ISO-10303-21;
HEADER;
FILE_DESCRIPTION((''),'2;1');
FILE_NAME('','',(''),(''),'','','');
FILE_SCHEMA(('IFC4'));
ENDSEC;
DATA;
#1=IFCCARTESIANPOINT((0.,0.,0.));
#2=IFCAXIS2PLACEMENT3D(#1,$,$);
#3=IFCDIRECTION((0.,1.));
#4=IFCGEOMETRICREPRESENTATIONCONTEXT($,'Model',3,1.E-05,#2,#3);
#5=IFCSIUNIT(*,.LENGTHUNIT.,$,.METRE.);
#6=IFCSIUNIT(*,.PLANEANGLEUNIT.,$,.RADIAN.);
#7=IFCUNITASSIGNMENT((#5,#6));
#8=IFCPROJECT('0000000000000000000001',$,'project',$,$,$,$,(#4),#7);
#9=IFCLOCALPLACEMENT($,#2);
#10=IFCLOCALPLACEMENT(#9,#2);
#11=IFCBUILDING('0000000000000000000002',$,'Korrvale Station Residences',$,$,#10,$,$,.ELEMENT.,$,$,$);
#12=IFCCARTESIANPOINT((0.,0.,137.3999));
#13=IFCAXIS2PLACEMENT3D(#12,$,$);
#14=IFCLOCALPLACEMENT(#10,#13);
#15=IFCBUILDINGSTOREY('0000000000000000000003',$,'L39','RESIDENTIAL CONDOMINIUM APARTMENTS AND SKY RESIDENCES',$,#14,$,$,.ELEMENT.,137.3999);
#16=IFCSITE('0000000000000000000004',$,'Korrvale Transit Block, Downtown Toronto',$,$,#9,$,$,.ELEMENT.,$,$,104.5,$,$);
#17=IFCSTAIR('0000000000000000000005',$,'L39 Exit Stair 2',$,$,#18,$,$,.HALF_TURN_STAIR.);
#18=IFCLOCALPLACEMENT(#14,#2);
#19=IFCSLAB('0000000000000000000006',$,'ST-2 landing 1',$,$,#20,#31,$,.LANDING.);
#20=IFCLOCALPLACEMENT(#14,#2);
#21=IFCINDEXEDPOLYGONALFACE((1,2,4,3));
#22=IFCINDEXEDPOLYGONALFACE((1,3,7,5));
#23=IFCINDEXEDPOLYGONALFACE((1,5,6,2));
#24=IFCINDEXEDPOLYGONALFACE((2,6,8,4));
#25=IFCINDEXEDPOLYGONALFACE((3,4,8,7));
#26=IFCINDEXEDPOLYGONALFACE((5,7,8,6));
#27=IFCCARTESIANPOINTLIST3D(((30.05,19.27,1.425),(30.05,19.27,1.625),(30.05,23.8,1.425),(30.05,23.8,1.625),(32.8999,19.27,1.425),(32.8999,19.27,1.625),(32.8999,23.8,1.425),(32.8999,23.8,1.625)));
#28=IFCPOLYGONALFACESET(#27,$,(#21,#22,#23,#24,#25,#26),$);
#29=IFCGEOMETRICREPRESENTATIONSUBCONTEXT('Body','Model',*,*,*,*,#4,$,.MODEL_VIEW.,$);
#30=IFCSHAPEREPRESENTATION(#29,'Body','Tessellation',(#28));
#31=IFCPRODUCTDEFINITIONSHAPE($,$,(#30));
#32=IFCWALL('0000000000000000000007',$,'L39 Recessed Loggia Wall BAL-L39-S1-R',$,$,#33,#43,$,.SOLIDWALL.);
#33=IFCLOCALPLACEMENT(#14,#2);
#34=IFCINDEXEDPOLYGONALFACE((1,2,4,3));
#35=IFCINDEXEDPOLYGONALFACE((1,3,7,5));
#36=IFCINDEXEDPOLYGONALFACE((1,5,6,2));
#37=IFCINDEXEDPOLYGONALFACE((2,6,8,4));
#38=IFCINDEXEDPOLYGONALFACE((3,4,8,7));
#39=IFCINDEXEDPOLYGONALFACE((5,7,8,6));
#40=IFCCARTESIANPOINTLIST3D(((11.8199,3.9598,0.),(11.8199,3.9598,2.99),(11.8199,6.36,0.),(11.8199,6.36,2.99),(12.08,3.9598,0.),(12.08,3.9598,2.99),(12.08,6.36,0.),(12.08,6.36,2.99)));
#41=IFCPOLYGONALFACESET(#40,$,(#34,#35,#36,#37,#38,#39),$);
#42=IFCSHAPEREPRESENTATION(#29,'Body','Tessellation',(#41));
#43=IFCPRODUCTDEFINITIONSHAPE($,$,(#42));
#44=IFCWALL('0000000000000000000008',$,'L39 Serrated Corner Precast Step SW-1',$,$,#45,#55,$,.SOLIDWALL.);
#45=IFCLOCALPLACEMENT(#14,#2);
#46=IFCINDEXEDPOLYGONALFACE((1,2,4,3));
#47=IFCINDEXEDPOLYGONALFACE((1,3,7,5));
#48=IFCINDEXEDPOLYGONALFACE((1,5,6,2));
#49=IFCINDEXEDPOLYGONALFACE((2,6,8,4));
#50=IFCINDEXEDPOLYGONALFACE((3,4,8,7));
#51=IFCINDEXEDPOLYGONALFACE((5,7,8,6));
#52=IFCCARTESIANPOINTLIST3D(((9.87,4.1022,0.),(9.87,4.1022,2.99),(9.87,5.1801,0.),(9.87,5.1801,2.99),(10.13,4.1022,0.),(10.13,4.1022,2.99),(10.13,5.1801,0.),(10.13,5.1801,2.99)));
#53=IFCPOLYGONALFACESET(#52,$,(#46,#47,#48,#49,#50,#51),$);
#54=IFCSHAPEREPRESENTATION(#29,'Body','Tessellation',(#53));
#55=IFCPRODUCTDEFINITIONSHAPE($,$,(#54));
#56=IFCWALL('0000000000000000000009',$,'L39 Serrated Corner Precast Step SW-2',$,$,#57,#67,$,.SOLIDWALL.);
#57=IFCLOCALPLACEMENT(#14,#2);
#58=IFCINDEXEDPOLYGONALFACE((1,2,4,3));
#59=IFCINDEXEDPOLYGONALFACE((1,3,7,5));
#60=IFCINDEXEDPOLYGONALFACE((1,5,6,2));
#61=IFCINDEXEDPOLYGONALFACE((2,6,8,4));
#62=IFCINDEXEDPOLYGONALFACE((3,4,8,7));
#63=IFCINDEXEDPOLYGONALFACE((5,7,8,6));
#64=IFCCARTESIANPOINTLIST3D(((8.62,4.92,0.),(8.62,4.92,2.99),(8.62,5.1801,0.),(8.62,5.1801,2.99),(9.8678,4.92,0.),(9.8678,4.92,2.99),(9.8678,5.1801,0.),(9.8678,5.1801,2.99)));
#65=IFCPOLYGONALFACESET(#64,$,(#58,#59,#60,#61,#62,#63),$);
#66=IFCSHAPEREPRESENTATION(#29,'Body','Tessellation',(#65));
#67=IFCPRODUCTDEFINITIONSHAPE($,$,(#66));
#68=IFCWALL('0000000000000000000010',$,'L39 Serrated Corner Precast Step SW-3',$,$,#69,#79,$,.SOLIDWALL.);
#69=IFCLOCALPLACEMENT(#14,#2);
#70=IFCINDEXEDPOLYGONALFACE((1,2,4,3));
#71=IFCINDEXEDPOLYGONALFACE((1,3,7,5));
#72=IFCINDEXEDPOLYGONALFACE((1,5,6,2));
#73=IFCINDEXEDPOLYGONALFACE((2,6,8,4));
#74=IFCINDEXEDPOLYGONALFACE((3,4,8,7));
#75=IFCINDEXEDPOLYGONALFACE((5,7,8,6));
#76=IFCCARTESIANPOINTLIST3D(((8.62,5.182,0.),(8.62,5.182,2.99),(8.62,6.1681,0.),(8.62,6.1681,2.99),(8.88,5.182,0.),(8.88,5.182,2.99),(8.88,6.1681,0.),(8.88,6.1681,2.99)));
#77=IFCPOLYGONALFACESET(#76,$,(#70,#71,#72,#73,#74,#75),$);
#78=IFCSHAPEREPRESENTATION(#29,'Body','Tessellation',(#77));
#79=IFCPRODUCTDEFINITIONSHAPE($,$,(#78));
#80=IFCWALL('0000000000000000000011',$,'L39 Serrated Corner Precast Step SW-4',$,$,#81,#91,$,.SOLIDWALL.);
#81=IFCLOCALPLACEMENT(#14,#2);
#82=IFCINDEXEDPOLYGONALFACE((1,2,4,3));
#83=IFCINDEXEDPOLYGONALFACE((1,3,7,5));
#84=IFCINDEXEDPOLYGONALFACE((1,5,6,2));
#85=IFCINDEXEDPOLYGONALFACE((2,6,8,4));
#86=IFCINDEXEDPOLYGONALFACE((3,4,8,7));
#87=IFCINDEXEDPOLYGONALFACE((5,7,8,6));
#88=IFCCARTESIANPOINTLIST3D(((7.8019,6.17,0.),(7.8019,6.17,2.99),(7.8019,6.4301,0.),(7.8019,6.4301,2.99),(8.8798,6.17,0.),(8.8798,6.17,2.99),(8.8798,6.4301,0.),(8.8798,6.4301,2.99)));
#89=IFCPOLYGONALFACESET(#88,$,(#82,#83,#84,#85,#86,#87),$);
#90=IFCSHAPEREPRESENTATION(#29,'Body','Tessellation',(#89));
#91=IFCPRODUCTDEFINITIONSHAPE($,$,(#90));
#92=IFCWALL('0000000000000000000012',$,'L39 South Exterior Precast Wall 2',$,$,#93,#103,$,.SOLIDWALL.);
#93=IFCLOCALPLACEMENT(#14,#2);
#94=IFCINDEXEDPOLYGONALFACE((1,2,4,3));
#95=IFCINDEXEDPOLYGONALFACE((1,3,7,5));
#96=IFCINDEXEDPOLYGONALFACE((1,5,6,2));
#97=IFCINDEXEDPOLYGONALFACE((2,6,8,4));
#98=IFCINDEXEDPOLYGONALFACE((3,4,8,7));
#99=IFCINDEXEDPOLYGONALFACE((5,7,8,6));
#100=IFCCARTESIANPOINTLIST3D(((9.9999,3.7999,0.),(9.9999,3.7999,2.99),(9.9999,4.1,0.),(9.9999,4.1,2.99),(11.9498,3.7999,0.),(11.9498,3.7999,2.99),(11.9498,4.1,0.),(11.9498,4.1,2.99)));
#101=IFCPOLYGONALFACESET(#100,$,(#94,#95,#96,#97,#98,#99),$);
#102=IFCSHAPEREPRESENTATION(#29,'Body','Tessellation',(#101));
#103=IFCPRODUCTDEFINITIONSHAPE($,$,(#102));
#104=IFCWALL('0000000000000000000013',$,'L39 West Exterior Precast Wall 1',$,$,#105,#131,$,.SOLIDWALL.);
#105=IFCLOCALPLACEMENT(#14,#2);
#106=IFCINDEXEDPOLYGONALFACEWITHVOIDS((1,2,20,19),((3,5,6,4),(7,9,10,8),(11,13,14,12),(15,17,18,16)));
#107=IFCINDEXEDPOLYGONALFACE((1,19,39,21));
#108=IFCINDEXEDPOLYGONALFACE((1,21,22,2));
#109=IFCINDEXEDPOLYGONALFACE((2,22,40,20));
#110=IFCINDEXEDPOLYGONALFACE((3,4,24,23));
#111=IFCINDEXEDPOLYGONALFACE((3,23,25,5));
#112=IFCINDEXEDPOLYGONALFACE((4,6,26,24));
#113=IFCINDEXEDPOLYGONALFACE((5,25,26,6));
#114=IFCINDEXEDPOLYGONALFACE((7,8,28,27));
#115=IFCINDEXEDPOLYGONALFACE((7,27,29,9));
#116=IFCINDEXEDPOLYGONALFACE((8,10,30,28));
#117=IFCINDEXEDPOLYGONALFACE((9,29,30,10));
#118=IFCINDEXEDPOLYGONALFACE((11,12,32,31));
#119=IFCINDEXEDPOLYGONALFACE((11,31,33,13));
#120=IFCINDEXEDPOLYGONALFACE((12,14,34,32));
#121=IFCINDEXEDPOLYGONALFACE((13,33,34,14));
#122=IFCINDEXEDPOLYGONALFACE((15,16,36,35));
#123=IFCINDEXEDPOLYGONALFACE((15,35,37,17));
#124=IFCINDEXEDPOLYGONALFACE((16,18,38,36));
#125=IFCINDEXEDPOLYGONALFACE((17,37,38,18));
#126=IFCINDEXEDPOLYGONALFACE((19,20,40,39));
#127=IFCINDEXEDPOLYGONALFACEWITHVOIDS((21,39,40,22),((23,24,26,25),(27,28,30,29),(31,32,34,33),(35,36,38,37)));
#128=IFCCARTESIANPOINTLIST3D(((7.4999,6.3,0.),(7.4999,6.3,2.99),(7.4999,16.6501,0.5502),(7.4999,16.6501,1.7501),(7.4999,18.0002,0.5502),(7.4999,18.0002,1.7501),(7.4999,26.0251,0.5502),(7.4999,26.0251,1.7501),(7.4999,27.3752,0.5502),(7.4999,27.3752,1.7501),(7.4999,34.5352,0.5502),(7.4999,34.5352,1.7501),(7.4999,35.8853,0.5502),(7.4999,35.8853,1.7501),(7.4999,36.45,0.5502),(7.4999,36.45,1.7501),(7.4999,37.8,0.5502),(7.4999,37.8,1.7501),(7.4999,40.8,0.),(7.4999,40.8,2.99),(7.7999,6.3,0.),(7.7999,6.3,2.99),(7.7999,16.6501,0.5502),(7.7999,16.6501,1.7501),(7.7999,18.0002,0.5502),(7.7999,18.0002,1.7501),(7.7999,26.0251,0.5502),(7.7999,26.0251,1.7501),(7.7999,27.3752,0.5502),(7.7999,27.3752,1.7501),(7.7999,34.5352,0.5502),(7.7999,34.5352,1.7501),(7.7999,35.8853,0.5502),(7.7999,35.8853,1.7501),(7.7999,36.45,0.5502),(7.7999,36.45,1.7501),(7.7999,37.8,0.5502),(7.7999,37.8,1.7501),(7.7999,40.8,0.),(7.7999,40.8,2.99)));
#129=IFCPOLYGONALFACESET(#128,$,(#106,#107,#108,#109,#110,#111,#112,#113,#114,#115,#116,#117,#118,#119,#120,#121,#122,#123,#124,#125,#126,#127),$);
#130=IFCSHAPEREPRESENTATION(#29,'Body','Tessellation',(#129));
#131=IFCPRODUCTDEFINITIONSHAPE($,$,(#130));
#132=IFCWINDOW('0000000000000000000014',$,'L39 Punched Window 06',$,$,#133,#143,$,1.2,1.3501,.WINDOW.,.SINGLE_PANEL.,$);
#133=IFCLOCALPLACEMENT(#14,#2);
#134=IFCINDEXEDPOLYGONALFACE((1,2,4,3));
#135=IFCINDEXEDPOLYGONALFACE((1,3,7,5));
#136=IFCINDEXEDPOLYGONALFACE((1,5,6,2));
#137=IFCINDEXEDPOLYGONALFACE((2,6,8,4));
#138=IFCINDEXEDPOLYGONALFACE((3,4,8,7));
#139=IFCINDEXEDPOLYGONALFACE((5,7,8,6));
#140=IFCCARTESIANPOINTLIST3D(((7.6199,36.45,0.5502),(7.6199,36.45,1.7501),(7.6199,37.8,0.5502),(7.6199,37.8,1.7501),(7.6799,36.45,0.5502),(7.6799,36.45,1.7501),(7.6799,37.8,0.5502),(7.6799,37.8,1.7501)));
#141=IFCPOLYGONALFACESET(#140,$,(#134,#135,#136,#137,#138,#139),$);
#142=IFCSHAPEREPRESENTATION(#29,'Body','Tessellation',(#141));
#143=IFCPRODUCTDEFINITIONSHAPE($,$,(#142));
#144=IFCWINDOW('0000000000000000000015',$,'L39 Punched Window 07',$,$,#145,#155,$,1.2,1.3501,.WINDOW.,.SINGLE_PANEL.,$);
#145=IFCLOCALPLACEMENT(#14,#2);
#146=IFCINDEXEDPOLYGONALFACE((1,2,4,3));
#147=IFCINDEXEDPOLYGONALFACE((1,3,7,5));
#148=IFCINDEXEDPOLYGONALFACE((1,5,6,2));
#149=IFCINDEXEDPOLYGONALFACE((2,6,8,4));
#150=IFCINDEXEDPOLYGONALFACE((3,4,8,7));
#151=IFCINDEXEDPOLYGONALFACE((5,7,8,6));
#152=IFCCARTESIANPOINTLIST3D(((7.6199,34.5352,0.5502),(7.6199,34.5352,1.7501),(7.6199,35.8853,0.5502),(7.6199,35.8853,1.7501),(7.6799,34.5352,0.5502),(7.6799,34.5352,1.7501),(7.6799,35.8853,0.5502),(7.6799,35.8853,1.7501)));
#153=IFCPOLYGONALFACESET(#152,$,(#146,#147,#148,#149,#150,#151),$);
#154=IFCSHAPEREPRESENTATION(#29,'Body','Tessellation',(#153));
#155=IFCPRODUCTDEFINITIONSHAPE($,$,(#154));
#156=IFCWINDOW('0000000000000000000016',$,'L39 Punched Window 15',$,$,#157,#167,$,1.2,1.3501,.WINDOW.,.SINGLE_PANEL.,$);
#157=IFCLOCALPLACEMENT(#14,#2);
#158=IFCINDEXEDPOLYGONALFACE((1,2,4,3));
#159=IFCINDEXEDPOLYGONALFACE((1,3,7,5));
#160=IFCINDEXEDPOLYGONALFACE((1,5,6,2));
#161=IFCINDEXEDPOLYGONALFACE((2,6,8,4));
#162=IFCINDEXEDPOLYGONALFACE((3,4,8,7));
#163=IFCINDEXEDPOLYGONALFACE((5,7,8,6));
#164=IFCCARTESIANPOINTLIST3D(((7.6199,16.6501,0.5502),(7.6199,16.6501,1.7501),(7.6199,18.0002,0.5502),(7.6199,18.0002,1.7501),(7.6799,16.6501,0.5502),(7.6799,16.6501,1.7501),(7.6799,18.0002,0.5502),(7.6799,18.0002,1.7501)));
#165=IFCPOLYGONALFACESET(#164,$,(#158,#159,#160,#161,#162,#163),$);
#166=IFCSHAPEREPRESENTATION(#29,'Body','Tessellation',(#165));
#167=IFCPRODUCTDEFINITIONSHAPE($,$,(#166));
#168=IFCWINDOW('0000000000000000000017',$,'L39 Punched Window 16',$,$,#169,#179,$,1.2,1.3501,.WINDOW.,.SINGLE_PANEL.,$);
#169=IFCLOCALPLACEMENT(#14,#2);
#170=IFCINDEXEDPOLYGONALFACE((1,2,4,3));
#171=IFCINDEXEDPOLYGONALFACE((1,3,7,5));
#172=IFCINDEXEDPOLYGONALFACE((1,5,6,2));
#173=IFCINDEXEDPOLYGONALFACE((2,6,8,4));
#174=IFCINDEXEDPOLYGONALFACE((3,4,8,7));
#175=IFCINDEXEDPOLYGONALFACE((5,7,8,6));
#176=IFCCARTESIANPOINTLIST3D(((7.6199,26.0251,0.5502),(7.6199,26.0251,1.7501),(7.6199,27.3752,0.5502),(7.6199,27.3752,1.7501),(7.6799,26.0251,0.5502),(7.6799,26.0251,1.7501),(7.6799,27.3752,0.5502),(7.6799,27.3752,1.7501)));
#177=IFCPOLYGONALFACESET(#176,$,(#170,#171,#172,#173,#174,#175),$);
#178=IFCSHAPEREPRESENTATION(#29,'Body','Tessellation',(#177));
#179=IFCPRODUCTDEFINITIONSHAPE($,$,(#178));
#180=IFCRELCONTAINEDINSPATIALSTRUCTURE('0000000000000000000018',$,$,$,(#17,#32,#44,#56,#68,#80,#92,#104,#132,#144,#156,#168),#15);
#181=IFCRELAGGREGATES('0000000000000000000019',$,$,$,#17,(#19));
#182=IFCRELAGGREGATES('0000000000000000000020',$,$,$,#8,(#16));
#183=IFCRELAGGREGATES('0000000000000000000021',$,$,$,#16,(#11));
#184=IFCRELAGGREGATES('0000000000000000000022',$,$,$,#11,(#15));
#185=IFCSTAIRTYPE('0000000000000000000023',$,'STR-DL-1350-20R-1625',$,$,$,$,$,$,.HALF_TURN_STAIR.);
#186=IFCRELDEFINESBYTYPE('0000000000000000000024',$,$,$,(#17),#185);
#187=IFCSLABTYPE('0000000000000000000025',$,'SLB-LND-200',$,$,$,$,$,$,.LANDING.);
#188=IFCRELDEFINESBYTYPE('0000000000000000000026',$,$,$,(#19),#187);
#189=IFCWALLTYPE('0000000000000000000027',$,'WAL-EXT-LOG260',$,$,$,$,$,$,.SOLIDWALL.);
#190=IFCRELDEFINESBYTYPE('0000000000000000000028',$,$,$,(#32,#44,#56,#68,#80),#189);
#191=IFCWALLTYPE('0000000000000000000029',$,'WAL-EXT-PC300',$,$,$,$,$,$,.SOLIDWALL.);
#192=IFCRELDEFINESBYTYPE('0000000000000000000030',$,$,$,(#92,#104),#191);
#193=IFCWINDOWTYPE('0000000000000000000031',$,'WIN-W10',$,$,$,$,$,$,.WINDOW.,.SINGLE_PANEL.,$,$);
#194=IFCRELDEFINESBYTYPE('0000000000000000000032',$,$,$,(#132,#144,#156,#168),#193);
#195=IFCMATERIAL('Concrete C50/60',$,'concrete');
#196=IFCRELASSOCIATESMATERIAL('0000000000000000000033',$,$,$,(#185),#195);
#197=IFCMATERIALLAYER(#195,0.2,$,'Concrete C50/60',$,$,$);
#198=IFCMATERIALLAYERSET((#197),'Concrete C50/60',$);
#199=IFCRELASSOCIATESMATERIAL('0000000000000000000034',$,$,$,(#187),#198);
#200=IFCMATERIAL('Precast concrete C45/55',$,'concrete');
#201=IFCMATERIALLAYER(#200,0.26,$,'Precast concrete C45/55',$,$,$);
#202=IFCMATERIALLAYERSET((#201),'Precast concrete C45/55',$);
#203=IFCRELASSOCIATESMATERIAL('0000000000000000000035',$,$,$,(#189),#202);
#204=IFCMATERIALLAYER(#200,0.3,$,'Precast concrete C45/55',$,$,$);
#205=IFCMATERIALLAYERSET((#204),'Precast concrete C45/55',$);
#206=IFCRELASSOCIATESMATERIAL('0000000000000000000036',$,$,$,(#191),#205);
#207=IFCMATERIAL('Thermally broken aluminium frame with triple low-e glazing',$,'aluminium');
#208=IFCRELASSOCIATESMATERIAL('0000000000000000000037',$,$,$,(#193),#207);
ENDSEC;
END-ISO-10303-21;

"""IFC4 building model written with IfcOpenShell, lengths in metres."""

from ifc_helpers import new_model, si_unit, direction, frame, frame_2d, origin, place, context, subcontext, project, spatial, polyline, rectangle, outline, extrude, material, layer, layer_set, type_object, element, fill, aggregate, save


model = new_model("IFC4")

# Units and contexts
model_context = context("Model", 3, precision=1e-05, world=origin(), true_north=direction((0.0, 1.0)))
body_context = subcontext(model_context, "Body", "Model", "MODEL_VIEW")
ifc_project = project(units=[si_unit("LENGTHUNIT", "METRE"), si_unit("PLANEANGLEUNIT", "RADIAN")], contexts=[model_context])

# Site, building, storey
site_placement = place(None, origin())
site = spatial("IfcSite", under=ifc_project, at=site_placement, Name="Korrvale Transit Block, Downtown Toronto", CompositionType="ELEMENT", RefElevation=104.5)
building_placement = place(site_placement, origin())
building = spatial("IfcBuilding", under=site, at=building_placement, Name="Korrvale Station Residences", CompositionType="ELEMENT")
storey_placement = place(building_placement, frame((0.0, 0.0, 137.3999)))
storey = spatial("IfcBuildingStorey", under=building, at=storey_placement, Name="L39", Description="RESIDENTIAL CONDOMINIUM APARTMENTS AND SKY RESIDENCES", CompositionType="ELEMENT", Elevation=137.3999)

# Shared definitions
ifc_material_1 = material(Name="Concrete C50/60", Category="concrete")

# Stair, slab
stair_type = type_object("IfcStairType", Name="STR-DL-1350-20R-1625", PredefinedType="HALF_TURN_STAIR", material=ifc_material_1)
ifc_layer_1 = layer(ifc_material_1, 0.2, Name="Concrete C50/60")
ifc_layer_set_1 = layer_set([ifc_layer_1], Name="Concrete C50/60")
slab_type_1 = type_object("IfcSlabType", Name="SLB-LND-200", PredefinedType="LANDING", material=ifc_layer_set_1)
stair_1_placement = place(storey_placement, origin())
stair_1 = element("IfcStair", 1, at=stair_1_placement, inside=storey, type_object=stair_type, Name="L39 Exit Stair 2", PredefinedType="HALF_TURN_STAIR")
slab_1_placement = place(storey_placement, frame((0.0, 0.0, 1.425)))
slab_1 = element("IfcSlab", 2, at=slab_1_placement, type_object=slab_type_1, Name="ST-2 landing 1", PredefinedType="LANDING", context=body_context, shape_type="SweptSolid", body=[
    extrude(outline(polyline([(32.8999, 19.27), (32.8999, 23.8), (30.05, 23.8), (30.05, 19.27), (32.8999, 19.27)])), origin(), (0.0, 0.0, 1.0), 0.2),
])
aggregate(stair_1, [slab_1])

# Walls
ifc_material_2 = material(Name="Precast concrete C45/55", Category="concrete")
ifc_layer_2 = layer(ifc_material_2, 0.26, Name="Precast concrete C45/55")
ifc_layer_set_2 = layer_set([ifc_layer_2], Name="Precast concrete C45/55")
wall_type_1 = type_object("IfcWallType", Name="WAL-EXT-LOG260", PredefinedType="SOLIDWALL", material=ifc_layer_set_2)
wall_1_placement = place(storey_placement, frame((11.95, 6.3601, 0.0), z_axis=(0.0, 0.0, 1.0), x_axis=(0.0, -1.0, 0.0)))
element("IfcWall", 3, at=wall_1_placement, inside=storey, type_object=wall_type_1, Name="L39 Recessed Loggia Wall BAL-L39-S1-R", PredefinedType="SOLIDWALL", context=body_context, shape_type="SweptSolid", body=[
    extrude(rectangle(XDim=2.4001, YDim=0.26, at=frame_2d((1.2002, 0.0))), origin(), (0.0, 0.0, 1.0), 2.99),
])
wall_2_placement = place(storey_placement, frame((10.0, 4.1021, 0.0), z_axis=(0.0, 0.0, 1.0), x_axis=(0.0, 1.0, 0.0)))
element("IfcWall", 4, at=wall_2_placement, inside=storey, type_object=wall_type_1, Name="L39 Serrated Corner Precast Step SW-1", PredefinedType="SOLIDWALL", context=body_context, shape_type="SweptSolid", body=[
    extrude(rectangle(XDim=1.0779, YDim=0.26, at=frame_2d((0.5391, 0.0))), origin(), (0.0, 0.0, 1.0), 2.99),
])
wall_3_placement = place(storey_placement, frame((9.8679, 5.05, 0.0), z_axis=(0.0, 0.0, 1.0), x_axis=(-1.0, 0.0, 0.0)))
element("IfcWall", 5, at=wall_3_placement, inside=storey, type_object=wall_type_1, Name="L39 Serrated Corner Precast Step SW-2", PredefinedType="SOLIDWALL", context=body_context, shape_type="SweptSolid", body=[
    extrude(rectangle(XDim=1.2478, YDim=0.26, at=frame_2d((0.624, 0.0))), origin(), (0.0, 0.0, 1.0), 2.99),
])
wall_4_placement = place(storey_placement, frame((8.75, 5.1819, 0.0), z_axis=(0.0, 0.0, 1.0), x_axis=(0.0, 1.0, 0.0)))
element("IfcWall", 6, at=wall_4_placement, inside=storey, type_object=wall_type_1, Name="L39 Serrated Corner Precast Step SW-3", PredefinedType="SOLIDWALL", context=body_context, shape_type="SweptSolid", body=[
    extrude(rectangle(XDim=0.9861, YDim=0.26, at=frame_2d((0.4932, 0.0))), origin(), (0.0, 0.0, 1.0), 2.99),
])
wall_5_placement = place(storey_placement, frame((8.8799, 6.3, 0.0), z_axis=(0.0, 0.0, 1.0), x_axis=(-1.0, 0.0, 0.0)))
element("IfcWall", 7, at=wall_5_placement, inside=storey, type_object=wall_type_1, Name="L39 Serrated Corner Precast Step SW-4", PredefinedType="SOLIDWALL", context=body_context, shape_type="SweptSolid", body=[
    extrude(rectangle(XDim=1.0779, YDim=0.26, at=frame_2d((0.5391, 0.0))), origin(), (0.0, 0.0, 1.0), 2.99),
])
ifc_layer_3 = layer(ifc_material_2, 0.3, Name="Precast concrete C45/55")
ifc_layer_set_3 = layer_set([ifc_layer_3], Name="Precast concrete C45/55")
wall_type_2 = type_object("IfcWallType", Name="WAL-EXT-PC300", PredefinedType="SOLIDWALL", material=ifc_layer_set_3)
wall_6_placement = place(storey_placement, frame((11.95, 3.95, 0.0), z_axis=(0.0, 0.0, 1.0), x_axis=(-1.0, 0.0, 0.0)))
element("IfcWall", 8, at=wall_6_placement, inside=storey, type_object=wall_type_2, Name="L39 South Exterior Precast Wall 2", PredefinedType="SOLIDWALL", context=body_context, shape_type="SweptSolid", body=[
    extrude(rectangle(XDim=1.95, YDim=0.3, at=frame_2d((0.9751, 0.0))), origin(), (0.0, 0.0, 1.0), 2.99),
])

# Wall, openings, windows
wall_7_placement = place(storey_placement, frame((7.6499, 6.3, 0.0), z_axis=(0.0, 0.0, 1.0), x_axis=(0.0, 1.0, 0.0)))
wall_7 = element("IfcWall", 9, at=wall_7_placement, inside=storey, type_object=wall_type_2, Name="L39 West Exterior Precast Wall 1", PredefinedType="SOLIDWALL", context=body_context, shape_type="SweptSolid", body=[
    extrude(rectangle(XDim=34.5, YDim=0.3, at=frame_2d((17.25, 0.0))), origin(), (0.0, 0.0, 1.0), 2.99),
])
opening_1_placement = place(wall_7_placement, frame((30.1499, 0.0, 0.55)))
opening_1 = element("IfcOpeningElement", 10, at=opening_1_placement, cuts=wall_7, PredefinedType="OPENING", context=body_context, shape_type="SweptSolid", body=[
    extrude(rectangle(XDim=1.3501, YDim=1.2, at=frame_2d((0.675, 0.6001))), frame((0.0, 0.1602, 0.0), z_axis=(0.0, -1.0, 0.0), x_axis=(1.0, 0.0, 0.0)), (0.0, 0.0, 1.0), 0.3201),
])
opening_2_placement = place(wall_7_placement, frame((28.2351, 0.0, 0.55)))
opening_2 = element("IfcOpeningElement", 11, at=opening_2_placement, cuts=wall_7, PredefinedType="OPENING", context=body_context, shape_type="SweptSolid", body=[
    extrude(rectangle(XDim=1.3501, YDim=1.2, at=frame_2d((0.675, 0.6001))), frame((0.0, 0.1602, 0.0), z_axis=(0.0, -1.0, 0.0), x_axis=(1.0, 0.0, 0.0)), (0.0, 0.0, 1.0), 0.3201),
])
opening_3_placement = place(wall_7_placement, frame((10.3501, 0.0, 0.55)))
opening_3 = element("IfcOpeningElement", 12, at=opening_3_placement, cuts=wall_7, PredefinedType="OPENING", context=body_context, shape_type="SweptSolid", body=[
    extrude(rectangle(XDim=1.3501, YDim=1.2, at=frame_2d((0.675, 0.6001))), frame((0.0, 0.1602, 0.0), z_axis=(0.0, -1.0, 0.0), x_axis=(1.0, 0.0, 0.0)), (0.0, 0.0, 1.0), 0.3201),
])
opening_4_placement = place(wall_7_placement, frame((19.7251, 0.0, 0.55)))
opening_4 = element("IfcOpeningElement", 13, at=opening_4_placement, cuts=wall_7, PredefinedType="OPENING", context=body_context, shape_type="SweptSolid", body=[
    extrude(rectangle(XDim=1.3501, YDim=1.2, at=frame_2d((0.675, 0.6001))), frame((0.0, 0.1602, 0.0), z_axis=(0.0, -1.0, 0.0), x_axis=(1.0, 0.0, 0.0)), (0.0, 0.0, 1.0), 0.3201),
])
ifc_material_3 = material(Name="Thermally broken aluminium frame with triple low-e glazing", Category="aluminium")
window_type = type_object("IfcWindowType", Name="WIN-W10", PartitioningType="SINGLE_PANEL", PredefinedType="WINDOW", material=ifc_material_3)
window_1_placement = place(opening_1_placement, origin())
window_1 = element("IfcWindow", 14, at=window_1_placement, inside=storey, type_object=window_type, Name="L39 Punched Window 06", OverallHeight=1.2, OverallWidth=1.3501, PartitioningType="SINGLE_PANEL", PredefinedType="WINDOW", context=body_context, shape_type="SweptSolid", body=[
    extrude(rectangle(XDim=1.3501, YDim=1.2, at=frame_2d((0.675, 0.6001))), frame((0.0, 0.03, 0.0), z_axis=(0.0, -1.0, 0.0), x_axis=(1.0, 0.0, 0.0)), (0.0, 0.0, 1.0), 0.0601),
])
fill(opening_1, window_1)
window_2_placement = place(opening_2_placement, origin())
window_2 = element("IfcWindow", 15, at=window_2_placement, inside=storey, type_object=window_type, Name="L39 Punched Window 07", OverallHeight=1.2, OverallWidth=1.3501, PartitioningType="SINGLE_PANEL", PredefinedType="WINDOW", context=body_context, shape_type="SweptSolid", body=[
    extrude(rectangle(XDim=1.3501, YDim=1.2, at=frame_2d((0.675, 0.6001))), frame((0.0, 0.03, 0.0), z_axis=(0.0, -1.0, 0.0), x_axis=(1.0, 0.0, 0.0)), (0.0, 0.0, 1.0), 0.0601),
])
fill(opening_2, window_2)
window_3_placement = place(opening_3_placement, origin())
window_3 = element("IfcWindow", 16, at=window_3_placement, inside=storey, type_object=window_type, Name="L39 Punched Window 15", OverallHeight=1.2, OverallWidth=1.3501, PartitioningType="SINGLE_PANEL", PredefinedType="WINDOW", context=body_context, shape_type="SweptSolid", body=[
    extrude(rectangle(XDim=1.3501, YDim=1.2, at=frame_2d((0.675, 0.6001))), frame((0.0, 0.03, 0.0), z_axis=(0.0, -1.0, 0.0), x_axis=(1.0, 0.0, 0.0)), (0.0, 0.0, 1.0), 0.0601),
])
fill(opening_3, window_3)
window_4_placement = place(opening_4_placement, origin())
window_4 = element("IfcWindow", 17, at=window_4_placement, inside=storey, type_object=window_type, Name="L39 Punched Window 16", OverallHeight=1.2, OverallWidth=1.3501, PartitioningType="SINGLE_PANEL", PredefinedType="WINDOW", context=body_context, shape_type="SweptSolid", body=[
    extrude(rectangle(XDim=1.3501, YDim=1.2, at=frame_2d((0.675, 0.6001))), frame((0.0, 0.03, 0.0), z_axis=(0.0, -1.0, 0.0), x_axis=(1.0, 0.0, 0.0)), (0.0, 0.0, 1.0), 0.0601),
])
fill(opening_4, window_4)

save(model, "model.ifc")
